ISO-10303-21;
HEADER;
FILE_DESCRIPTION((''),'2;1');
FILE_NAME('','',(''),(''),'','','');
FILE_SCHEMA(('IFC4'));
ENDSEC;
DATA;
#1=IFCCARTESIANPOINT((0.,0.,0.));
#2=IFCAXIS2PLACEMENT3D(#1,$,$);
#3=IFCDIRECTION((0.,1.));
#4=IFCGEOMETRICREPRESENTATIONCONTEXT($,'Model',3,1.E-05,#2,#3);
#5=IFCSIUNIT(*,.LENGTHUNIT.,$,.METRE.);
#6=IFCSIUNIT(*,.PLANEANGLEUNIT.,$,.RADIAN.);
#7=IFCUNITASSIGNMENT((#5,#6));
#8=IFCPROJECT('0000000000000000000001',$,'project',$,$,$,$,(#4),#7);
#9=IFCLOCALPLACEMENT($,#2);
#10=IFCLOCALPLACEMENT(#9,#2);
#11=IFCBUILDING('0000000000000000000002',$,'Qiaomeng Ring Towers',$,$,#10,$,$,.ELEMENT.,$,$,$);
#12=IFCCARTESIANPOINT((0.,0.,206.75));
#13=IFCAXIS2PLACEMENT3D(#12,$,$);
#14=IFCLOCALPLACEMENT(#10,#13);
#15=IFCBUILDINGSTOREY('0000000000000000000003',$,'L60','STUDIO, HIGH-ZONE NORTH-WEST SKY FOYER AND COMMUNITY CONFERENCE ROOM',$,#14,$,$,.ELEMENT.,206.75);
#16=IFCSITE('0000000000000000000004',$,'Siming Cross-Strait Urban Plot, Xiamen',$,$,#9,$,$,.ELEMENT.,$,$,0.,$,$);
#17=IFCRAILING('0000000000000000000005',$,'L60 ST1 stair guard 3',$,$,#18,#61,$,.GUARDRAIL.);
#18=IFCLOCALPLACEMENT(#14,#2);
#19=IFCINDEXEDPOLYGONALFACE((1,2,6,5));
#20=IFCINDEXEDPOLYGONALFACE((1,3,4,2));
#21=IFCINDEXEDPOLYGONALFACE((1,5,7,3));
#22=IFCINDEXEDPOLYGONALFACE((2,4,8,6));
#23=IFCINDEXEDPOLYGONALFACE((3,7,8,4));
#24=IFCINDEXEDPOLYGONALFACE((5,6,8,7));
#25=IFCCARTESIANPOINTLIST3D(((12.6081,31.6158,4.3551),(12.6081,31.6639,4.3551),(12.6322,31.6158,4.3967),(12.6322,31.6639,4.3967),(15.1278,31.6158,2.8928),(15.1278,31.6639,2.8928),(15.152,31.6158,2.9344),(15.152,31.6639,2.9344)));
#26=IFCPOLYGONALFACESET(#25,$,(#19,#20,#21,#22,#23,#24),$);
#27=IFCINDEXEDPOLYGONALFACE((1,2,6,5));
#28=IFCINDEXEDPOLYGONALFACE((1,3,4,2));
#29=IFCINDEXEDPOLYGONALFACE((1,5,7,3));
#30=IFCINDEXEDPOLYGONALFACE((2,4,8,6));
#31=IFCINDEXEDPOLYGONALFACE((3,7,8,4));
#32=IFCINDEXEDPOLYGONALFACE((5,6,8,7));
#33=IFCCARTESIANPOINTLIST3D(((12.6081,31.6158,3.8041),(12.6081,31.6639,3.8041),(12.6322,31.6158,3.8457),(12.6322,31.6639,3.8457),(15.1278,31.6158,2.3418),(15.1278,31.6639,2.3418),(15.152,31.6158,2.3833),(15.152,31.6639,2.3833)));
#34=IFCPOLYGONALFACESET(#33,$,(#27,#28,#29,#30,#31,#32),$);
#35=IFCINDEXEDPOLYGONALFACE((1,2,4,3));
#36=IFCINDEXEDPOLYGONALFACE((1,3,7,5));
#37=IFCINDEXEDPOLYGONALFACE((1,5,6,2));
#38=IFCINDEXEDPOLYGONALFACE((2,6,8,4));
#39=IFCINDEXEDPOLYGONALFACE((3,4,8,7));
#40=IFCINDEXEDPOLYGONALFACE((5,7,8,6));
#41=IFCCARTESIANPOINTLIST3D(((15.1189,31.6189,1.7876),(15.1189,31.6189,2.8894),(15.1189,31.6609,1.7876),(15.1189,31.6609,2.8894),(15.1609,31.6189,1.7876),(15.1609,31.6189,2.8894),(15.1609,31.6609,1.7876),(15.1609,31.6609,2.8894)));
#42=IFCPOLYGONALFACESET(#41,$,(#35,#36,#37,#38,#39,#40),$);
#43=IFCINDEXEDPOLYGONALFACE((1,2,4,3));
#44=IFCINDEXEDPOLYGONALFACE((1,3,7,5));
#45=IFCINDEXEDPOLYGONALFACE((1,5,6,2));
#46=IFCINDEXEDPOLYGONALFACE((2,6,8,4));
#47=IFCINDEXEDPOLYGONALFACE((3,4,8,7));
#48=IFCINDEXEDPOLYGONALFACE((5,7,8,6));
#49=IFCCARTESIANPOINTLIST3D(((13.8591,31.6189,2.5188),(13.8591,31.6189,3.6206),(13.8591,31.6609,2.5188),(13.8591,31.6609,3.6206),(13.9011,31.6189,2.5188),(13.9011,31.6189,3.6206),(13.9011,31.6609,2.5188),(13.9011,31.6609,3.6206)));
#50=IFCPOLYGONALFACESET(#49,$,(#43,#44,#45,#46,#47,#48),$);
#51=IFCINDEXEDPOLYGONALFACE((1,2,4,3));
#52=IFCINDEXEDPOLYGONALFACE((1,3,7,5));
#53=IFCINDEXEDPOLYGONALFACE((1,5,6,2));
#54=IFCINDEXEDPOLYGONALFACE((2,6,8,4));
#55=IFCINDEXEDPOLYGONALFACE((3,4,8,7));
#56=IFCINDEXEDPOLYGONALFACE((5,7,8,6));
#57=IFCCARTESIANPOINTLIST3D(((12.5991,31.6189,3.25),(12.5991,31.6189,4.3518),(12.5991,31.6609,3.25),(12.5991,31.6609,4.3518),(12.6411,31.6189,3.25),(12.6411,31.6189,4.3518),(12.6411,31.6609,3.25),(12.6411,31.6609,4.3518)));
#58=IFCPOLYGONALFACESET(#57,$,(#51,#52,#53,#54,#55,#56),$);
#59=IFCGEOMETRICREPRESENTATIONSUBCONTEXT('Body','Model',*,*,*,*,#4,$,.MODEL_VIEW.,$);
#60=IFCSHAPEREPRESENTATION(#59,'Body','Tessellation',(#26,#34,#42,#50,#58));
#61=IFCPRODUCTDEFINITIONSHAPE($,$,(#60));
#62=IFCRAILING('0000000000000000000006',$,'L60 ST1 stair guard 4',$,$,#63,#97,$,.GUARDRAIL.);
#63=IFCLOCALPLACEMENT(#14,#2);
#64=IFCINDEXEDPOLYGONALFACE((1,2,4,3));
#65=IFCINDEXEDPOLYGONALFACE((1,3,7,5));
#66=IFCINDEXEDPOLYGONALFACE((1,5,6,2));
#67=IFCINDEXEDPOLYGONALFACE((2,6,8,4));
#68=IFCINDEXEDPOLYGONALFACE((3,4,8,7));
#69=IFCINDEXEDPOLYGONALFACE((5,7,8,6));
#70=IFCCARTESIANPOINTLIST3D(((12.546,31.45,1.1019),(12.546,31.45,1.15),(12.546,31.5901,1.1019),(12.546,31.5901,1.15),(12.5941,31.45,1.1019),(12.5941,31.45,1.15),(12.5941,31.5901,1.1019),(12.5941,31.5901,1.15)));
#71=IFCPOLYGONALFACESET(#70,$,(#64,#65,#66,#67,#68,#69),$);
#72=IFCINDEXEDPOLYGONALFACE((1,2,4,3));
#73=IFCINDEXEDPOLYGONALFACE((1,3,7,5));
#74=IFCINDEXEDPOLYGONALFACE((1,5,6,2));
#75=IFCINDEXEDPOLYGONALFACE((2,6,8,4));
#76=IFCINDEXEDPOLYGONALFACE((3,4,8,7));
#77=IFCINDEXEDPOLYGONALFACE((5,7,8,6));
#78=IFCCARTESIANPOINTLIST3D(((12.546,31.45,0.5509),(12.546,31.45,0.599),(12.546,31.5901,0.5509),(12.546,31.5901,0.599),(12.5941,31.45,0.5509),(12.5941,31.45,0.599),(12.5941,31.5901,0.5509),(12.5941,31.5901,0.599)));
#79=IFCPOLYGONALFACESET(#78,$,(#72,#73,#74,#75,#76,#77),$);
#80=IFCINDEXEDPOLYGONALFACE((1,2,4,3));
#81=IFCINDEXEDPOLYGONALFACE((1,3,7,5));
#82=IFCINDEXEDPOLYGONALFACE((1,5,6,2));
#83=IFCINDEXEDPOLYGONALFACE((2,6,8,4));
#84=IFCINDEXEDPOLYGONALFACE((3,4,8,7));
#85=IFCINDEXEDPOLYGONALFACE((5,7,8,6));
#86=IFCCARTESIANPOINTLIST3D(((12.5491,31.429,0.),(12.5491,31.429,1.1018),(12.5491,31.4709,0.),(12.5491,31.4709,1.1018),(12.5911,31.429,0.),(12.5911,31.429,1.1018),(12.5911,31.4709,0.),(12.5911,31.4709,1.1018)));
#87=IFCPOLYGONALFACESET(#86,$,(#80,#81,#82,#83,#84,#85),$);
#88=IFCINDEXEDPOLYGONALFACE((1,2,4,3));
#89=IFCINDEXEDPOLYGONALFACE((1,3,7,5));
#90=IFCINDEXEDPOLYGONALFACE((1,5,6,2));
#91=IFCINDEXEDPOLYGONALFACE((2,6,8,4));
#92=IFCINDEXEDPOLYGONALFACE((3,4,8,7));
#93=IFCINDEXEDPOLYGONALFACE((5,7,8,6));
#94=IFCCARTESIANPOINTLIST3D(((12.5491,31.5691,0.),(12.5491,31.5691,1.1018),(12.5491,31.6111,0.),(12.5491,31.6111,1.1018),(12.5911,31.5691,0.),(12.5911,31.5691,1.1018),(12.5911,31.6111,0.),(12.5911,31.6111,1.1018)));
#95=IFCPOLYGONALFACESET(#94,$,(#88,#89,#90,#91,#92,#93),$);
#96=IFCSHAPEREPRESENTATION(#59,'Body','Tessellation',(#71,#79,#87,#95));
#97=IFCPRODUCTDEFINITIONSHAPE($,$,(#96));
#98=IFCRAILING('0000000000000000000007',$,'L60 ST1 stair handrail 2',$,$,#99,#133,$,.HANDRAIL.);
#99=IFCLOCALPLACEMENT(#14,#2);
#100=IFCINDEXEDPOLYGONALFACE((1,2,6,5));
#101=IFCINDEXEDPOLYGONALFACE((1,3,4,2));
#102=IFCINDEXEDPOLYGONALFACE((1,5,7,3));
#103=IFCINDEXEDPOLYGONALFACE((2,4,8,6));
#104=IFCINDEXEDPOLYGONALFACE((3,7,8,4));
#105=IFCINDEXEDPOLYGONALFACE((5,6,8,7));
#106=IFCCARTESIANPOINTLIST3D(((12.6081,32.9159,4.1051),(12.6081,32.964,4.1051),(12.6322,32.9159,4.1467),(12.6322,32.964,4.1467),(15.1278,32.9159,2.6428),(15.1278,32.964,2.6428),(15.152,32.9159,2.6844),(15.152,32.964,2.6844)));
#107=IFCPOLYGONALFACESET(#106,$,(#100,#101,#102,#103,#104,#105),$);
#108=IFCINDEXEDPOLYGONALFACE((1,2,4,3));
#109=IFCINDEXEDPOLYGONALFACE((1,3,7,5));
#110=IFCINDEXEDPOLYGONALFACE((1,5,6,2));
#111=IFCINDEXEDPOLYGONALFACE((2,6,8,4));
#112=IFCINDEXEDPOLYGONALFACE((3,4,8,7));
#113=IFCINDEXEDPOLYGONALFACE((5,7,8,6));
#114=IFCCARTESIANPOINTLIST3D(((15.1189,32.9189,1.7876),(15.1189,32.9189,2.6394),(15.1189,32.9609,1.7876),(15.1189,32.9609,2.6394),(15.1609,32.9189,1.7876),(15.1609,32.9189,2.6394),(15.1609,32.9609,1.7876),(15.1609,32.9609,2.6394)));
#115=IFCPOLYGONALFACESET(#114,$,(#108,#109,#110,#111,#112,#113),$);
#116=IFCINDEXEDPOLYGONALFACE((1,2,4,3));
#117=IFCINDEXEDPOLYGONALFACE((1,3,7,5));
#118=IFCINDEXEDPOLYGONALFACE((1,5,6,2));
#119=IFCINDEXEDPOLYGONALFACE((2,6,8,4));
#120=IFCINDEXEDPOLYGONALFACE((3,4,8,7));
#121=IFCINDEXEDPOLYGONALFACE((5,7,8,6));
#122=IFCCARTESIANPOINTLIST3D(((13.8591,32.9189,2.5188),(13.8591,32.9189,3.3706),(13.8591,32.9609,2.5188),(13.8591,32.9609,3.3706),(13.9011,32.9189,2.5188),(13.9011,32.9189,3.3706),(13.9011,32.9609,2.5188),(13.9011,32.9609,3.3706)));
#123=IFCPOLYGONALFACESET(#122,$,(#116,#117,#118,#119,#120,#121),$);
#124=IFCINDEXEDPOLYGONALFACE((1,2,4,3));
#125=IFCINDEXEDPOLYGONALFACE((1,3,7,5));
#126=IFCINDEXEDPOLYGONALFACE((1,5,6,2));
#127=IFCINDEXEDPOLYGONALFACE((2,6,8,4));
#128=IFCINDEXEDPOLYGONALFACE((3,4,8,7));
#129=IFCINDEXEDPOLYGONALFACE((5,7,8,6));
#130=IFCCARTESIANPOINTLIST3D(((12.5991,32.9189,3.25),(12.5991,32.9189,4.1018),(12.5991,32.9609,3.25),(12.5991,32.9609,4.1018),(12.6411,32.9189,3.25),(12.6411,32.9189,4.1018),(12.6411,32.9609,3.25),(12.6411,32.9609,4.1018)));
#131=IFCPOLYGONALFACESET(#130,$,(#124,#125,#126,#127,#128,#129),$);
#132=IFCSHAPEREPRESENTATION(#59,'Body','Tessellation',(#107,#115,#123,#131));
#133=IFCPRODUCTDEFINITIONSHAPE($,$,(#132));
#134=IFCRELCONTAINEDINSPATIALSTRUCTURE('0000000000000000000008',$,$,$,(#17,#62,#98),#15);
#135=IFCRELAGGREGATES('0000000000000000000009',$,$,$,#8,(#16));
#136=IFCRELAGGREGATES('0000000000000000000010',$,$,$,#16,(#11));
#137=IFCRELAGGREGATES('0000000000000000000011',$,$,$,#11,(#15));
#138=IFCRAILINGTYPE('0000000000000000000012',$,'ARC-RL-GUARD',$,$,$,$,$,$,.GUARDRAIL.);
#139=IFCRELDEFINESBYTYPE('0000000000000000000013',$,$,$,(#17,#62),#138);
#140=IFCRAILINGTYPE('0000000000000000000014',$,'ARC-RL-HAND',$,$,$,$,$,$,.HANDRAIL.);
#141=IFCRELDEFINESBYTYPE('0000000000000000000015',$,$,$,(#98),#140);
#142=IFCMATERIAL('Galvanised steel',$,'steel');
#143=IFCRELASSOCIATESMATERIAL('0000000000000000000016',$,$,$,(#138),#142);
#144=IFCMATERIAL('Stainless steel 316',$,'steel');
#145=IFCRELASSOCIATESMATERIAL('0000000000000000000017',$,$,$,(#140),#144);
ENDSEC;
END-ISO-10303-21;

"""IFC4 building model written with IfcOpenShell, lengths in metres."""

from ifc_helpers import new_model, si_unit, direction, frame, origin, origin_2d, place, context, subcontext, project, spatial, rectangle, extrude, material, type_object, element, save


model = new_model("IFC4")

# Units and contexts
model_context = context("Model", 3, precision=1e-05, world=origin(), true_north=direction((0.0, 1.0)))
body_context = subcontext(model_context, "Body", "Model", "MODEL_VIEW")
ifc_project = project(units=[si_unit("LENGTHUNIT", "METRE"), si_unit("PLANEANGLEUNIT", "RADIAN")], contexts=[model_context])

# Site, building, storey
site_placement = place(None, origin())
site = spatial("IfcSite", under=ifc_project, at=site_placement, Name="Siming Cross-Strait Urban Plot, Xiamen", CompositionType="ELEMENT", RefElevation=0.0)
building_placement = place(site_placement, origin())
building = spatial("IfcBuilding", under=site, at=building_placement, Name="Qiaomeng Ring Towers", CompositionType="ELEMENT")
storey_placement = place(building_placement, frame((0.0, 0.0, 206.75)))
storey = spatial("IfcBuildingStorey", under=building, at=storey_placement, Name="L60", Description="STUDIO, HIGH-ZONE NORTH-WEST SKY FOYER AND COMMUNITY CONFERENCE ROOM", CompositionType="ELEMENT", Elevation=206.75)

# Shared definitions
ifc_material_1 = material(Name="Galvanised steel", Category="steel")

# Railings
railing_type_1 = type_object("IfcRailingType", Name="ARC-RL-GUARD", PredefinedType="GUARDRAIL", material=ifc_material_1)
railing_1_placement = place(storey_placement, frame((15.1399, 31.6399, 1.7876)))
element("IfcRailing", 1, at=railing_1_placement, inside=storey, type_object=railing_type_1, Name="L60 ST1 stair guard 3", PredefinedType="GUARDRAIL", context=body_context, shape_type="SweptSolid", body=[
    extrude(rectangle(XDim=0.0481, YDim=0.0481, at=origin_2d()), frame((0.0, 0.0, 1.126), z_axis=(-0.864892, 0.0, 0.501958), x_axis=(0.0, -1.0, 0.0)), (0.0, 0.0, 1.0), 2.9133),
    extrude(rectangle(XDim=0.0481, YDim=0.0481, at=origin_2d()), frame((0.0, 0.0, 0.575), z_axis=(-0.864892, 0.0, 0.501958), x_axis=(0.0, -1.0, 0.0)), (0.0, 0.0, 1.0), 2.9133),
    extrude(rectangle(XDim=0.042, YDim=0.042, at=origin_2d()), origin(), (0.0, 0.0, 1.0), 1.1018),
    extrude(rectangle(XDim=0.042, YDim=0.042, at=origin_2d()), frame((-1.2598, 0.0, 0.7312)), (0.0, 0.0, 1.0), 1.1018),
    extrude(rectangle(XDim=0.042, YDim=0.042, at=origin_2d()), frame((-2.5198, 0.0, 1.4624)), (0.0, 0.0, 1.0), 1.1018),
])
railing_2_placement = place(storey_placement, frame((12.5701, 31.45, 0.0)))
element("IfcRailing", 2, at=railing_2_placement, inside=storey, type_object=railing_type_1, Name="L60 ST1 stair guard 4", PredefinedType="GUARDRAIL", context=body_context, shape_type="SweptSolid", body=[
    extrude(rectangle(XDim=0.0481, YDim=0.0481, at=origin_2d()), frame((0.0, 0.0, 1.126), z_axis=(0.0, 1.0, 0.0), x_axis=(-1.0, 0.0, 0.0)), (0.0, 0.0, 1.0), 0.1401),
    extrude(rectangle(XDim=0.0481, YDim=0.0481, at=origin_2d()), frame((0.0, 0.0, 0.575), z_axis=(0.0, 1.0, 0.0), x_axis=(-1.0, 0.0, 0.0)), (0.0, 0.0, 1.0), 0.1401),
    extrude(rectangle(XDim=0.042, YDim=0.042, at=origin_2d()), origin(), (0.0, 0.0, 1.0), 1.1018),
    extrude(rectangle(XDim=0.042, YDim=0.042, at=origin_2d()), frame((0.0, 0.1401, 0.0)), (0.0, 0.0, 1.0), 1.1018),
])
ifc_material_2 = material(Name="Stainless steel 316", Category="steel")
railing_type_2 = type_object("IfcRailingType", Name="ARC-RL-HAND", PredefinedType="HANDRAIL", material=ifc_material_2)
railing_3_placement = place(storey_placement, frame((15.1399, 32.9399, 1.7876)))
element("IfcRailing", 3, at=railing_3_placement, inside=storey, type_object=railing_type_2, Name="L60 ST1 stair handrail 2", PredefinedType="HANDRAIL", context=body_context, shape_type="SweptSolid", body=[
    extrude(rectangle(XDim=0.0481, YDim=0.0481, at=origin_2d()), frame((0.0, 0.0, 0.876), z_axis=(-0.864892, 0.0, 0.501958), x_axis=(0.0, -1.0, 0.0)), (0.0, 0.0, 1.0), 2.9133),
    extrude(rectangle(XDim=0.042, YDim=0.042, at=origin_2d()), origin(), (0.0, 0.0, 1.0), 0.8518),
    extrude(rectangle(XDim=0.042, YDim=0.042, at=origin_2d()), frame((-1.2598, 0.0, 0.7312)), (0.0, 0.0, 1.0), 0.8518),
    extrude(rectangle(XDim=0.042, YDim=0.042, at=origin_2d()), frame((-2.5198, 0.0, 1.4624)), (0.0, 0.0, 1.0), 0.8518),
])

save(model, "model.ifc")
